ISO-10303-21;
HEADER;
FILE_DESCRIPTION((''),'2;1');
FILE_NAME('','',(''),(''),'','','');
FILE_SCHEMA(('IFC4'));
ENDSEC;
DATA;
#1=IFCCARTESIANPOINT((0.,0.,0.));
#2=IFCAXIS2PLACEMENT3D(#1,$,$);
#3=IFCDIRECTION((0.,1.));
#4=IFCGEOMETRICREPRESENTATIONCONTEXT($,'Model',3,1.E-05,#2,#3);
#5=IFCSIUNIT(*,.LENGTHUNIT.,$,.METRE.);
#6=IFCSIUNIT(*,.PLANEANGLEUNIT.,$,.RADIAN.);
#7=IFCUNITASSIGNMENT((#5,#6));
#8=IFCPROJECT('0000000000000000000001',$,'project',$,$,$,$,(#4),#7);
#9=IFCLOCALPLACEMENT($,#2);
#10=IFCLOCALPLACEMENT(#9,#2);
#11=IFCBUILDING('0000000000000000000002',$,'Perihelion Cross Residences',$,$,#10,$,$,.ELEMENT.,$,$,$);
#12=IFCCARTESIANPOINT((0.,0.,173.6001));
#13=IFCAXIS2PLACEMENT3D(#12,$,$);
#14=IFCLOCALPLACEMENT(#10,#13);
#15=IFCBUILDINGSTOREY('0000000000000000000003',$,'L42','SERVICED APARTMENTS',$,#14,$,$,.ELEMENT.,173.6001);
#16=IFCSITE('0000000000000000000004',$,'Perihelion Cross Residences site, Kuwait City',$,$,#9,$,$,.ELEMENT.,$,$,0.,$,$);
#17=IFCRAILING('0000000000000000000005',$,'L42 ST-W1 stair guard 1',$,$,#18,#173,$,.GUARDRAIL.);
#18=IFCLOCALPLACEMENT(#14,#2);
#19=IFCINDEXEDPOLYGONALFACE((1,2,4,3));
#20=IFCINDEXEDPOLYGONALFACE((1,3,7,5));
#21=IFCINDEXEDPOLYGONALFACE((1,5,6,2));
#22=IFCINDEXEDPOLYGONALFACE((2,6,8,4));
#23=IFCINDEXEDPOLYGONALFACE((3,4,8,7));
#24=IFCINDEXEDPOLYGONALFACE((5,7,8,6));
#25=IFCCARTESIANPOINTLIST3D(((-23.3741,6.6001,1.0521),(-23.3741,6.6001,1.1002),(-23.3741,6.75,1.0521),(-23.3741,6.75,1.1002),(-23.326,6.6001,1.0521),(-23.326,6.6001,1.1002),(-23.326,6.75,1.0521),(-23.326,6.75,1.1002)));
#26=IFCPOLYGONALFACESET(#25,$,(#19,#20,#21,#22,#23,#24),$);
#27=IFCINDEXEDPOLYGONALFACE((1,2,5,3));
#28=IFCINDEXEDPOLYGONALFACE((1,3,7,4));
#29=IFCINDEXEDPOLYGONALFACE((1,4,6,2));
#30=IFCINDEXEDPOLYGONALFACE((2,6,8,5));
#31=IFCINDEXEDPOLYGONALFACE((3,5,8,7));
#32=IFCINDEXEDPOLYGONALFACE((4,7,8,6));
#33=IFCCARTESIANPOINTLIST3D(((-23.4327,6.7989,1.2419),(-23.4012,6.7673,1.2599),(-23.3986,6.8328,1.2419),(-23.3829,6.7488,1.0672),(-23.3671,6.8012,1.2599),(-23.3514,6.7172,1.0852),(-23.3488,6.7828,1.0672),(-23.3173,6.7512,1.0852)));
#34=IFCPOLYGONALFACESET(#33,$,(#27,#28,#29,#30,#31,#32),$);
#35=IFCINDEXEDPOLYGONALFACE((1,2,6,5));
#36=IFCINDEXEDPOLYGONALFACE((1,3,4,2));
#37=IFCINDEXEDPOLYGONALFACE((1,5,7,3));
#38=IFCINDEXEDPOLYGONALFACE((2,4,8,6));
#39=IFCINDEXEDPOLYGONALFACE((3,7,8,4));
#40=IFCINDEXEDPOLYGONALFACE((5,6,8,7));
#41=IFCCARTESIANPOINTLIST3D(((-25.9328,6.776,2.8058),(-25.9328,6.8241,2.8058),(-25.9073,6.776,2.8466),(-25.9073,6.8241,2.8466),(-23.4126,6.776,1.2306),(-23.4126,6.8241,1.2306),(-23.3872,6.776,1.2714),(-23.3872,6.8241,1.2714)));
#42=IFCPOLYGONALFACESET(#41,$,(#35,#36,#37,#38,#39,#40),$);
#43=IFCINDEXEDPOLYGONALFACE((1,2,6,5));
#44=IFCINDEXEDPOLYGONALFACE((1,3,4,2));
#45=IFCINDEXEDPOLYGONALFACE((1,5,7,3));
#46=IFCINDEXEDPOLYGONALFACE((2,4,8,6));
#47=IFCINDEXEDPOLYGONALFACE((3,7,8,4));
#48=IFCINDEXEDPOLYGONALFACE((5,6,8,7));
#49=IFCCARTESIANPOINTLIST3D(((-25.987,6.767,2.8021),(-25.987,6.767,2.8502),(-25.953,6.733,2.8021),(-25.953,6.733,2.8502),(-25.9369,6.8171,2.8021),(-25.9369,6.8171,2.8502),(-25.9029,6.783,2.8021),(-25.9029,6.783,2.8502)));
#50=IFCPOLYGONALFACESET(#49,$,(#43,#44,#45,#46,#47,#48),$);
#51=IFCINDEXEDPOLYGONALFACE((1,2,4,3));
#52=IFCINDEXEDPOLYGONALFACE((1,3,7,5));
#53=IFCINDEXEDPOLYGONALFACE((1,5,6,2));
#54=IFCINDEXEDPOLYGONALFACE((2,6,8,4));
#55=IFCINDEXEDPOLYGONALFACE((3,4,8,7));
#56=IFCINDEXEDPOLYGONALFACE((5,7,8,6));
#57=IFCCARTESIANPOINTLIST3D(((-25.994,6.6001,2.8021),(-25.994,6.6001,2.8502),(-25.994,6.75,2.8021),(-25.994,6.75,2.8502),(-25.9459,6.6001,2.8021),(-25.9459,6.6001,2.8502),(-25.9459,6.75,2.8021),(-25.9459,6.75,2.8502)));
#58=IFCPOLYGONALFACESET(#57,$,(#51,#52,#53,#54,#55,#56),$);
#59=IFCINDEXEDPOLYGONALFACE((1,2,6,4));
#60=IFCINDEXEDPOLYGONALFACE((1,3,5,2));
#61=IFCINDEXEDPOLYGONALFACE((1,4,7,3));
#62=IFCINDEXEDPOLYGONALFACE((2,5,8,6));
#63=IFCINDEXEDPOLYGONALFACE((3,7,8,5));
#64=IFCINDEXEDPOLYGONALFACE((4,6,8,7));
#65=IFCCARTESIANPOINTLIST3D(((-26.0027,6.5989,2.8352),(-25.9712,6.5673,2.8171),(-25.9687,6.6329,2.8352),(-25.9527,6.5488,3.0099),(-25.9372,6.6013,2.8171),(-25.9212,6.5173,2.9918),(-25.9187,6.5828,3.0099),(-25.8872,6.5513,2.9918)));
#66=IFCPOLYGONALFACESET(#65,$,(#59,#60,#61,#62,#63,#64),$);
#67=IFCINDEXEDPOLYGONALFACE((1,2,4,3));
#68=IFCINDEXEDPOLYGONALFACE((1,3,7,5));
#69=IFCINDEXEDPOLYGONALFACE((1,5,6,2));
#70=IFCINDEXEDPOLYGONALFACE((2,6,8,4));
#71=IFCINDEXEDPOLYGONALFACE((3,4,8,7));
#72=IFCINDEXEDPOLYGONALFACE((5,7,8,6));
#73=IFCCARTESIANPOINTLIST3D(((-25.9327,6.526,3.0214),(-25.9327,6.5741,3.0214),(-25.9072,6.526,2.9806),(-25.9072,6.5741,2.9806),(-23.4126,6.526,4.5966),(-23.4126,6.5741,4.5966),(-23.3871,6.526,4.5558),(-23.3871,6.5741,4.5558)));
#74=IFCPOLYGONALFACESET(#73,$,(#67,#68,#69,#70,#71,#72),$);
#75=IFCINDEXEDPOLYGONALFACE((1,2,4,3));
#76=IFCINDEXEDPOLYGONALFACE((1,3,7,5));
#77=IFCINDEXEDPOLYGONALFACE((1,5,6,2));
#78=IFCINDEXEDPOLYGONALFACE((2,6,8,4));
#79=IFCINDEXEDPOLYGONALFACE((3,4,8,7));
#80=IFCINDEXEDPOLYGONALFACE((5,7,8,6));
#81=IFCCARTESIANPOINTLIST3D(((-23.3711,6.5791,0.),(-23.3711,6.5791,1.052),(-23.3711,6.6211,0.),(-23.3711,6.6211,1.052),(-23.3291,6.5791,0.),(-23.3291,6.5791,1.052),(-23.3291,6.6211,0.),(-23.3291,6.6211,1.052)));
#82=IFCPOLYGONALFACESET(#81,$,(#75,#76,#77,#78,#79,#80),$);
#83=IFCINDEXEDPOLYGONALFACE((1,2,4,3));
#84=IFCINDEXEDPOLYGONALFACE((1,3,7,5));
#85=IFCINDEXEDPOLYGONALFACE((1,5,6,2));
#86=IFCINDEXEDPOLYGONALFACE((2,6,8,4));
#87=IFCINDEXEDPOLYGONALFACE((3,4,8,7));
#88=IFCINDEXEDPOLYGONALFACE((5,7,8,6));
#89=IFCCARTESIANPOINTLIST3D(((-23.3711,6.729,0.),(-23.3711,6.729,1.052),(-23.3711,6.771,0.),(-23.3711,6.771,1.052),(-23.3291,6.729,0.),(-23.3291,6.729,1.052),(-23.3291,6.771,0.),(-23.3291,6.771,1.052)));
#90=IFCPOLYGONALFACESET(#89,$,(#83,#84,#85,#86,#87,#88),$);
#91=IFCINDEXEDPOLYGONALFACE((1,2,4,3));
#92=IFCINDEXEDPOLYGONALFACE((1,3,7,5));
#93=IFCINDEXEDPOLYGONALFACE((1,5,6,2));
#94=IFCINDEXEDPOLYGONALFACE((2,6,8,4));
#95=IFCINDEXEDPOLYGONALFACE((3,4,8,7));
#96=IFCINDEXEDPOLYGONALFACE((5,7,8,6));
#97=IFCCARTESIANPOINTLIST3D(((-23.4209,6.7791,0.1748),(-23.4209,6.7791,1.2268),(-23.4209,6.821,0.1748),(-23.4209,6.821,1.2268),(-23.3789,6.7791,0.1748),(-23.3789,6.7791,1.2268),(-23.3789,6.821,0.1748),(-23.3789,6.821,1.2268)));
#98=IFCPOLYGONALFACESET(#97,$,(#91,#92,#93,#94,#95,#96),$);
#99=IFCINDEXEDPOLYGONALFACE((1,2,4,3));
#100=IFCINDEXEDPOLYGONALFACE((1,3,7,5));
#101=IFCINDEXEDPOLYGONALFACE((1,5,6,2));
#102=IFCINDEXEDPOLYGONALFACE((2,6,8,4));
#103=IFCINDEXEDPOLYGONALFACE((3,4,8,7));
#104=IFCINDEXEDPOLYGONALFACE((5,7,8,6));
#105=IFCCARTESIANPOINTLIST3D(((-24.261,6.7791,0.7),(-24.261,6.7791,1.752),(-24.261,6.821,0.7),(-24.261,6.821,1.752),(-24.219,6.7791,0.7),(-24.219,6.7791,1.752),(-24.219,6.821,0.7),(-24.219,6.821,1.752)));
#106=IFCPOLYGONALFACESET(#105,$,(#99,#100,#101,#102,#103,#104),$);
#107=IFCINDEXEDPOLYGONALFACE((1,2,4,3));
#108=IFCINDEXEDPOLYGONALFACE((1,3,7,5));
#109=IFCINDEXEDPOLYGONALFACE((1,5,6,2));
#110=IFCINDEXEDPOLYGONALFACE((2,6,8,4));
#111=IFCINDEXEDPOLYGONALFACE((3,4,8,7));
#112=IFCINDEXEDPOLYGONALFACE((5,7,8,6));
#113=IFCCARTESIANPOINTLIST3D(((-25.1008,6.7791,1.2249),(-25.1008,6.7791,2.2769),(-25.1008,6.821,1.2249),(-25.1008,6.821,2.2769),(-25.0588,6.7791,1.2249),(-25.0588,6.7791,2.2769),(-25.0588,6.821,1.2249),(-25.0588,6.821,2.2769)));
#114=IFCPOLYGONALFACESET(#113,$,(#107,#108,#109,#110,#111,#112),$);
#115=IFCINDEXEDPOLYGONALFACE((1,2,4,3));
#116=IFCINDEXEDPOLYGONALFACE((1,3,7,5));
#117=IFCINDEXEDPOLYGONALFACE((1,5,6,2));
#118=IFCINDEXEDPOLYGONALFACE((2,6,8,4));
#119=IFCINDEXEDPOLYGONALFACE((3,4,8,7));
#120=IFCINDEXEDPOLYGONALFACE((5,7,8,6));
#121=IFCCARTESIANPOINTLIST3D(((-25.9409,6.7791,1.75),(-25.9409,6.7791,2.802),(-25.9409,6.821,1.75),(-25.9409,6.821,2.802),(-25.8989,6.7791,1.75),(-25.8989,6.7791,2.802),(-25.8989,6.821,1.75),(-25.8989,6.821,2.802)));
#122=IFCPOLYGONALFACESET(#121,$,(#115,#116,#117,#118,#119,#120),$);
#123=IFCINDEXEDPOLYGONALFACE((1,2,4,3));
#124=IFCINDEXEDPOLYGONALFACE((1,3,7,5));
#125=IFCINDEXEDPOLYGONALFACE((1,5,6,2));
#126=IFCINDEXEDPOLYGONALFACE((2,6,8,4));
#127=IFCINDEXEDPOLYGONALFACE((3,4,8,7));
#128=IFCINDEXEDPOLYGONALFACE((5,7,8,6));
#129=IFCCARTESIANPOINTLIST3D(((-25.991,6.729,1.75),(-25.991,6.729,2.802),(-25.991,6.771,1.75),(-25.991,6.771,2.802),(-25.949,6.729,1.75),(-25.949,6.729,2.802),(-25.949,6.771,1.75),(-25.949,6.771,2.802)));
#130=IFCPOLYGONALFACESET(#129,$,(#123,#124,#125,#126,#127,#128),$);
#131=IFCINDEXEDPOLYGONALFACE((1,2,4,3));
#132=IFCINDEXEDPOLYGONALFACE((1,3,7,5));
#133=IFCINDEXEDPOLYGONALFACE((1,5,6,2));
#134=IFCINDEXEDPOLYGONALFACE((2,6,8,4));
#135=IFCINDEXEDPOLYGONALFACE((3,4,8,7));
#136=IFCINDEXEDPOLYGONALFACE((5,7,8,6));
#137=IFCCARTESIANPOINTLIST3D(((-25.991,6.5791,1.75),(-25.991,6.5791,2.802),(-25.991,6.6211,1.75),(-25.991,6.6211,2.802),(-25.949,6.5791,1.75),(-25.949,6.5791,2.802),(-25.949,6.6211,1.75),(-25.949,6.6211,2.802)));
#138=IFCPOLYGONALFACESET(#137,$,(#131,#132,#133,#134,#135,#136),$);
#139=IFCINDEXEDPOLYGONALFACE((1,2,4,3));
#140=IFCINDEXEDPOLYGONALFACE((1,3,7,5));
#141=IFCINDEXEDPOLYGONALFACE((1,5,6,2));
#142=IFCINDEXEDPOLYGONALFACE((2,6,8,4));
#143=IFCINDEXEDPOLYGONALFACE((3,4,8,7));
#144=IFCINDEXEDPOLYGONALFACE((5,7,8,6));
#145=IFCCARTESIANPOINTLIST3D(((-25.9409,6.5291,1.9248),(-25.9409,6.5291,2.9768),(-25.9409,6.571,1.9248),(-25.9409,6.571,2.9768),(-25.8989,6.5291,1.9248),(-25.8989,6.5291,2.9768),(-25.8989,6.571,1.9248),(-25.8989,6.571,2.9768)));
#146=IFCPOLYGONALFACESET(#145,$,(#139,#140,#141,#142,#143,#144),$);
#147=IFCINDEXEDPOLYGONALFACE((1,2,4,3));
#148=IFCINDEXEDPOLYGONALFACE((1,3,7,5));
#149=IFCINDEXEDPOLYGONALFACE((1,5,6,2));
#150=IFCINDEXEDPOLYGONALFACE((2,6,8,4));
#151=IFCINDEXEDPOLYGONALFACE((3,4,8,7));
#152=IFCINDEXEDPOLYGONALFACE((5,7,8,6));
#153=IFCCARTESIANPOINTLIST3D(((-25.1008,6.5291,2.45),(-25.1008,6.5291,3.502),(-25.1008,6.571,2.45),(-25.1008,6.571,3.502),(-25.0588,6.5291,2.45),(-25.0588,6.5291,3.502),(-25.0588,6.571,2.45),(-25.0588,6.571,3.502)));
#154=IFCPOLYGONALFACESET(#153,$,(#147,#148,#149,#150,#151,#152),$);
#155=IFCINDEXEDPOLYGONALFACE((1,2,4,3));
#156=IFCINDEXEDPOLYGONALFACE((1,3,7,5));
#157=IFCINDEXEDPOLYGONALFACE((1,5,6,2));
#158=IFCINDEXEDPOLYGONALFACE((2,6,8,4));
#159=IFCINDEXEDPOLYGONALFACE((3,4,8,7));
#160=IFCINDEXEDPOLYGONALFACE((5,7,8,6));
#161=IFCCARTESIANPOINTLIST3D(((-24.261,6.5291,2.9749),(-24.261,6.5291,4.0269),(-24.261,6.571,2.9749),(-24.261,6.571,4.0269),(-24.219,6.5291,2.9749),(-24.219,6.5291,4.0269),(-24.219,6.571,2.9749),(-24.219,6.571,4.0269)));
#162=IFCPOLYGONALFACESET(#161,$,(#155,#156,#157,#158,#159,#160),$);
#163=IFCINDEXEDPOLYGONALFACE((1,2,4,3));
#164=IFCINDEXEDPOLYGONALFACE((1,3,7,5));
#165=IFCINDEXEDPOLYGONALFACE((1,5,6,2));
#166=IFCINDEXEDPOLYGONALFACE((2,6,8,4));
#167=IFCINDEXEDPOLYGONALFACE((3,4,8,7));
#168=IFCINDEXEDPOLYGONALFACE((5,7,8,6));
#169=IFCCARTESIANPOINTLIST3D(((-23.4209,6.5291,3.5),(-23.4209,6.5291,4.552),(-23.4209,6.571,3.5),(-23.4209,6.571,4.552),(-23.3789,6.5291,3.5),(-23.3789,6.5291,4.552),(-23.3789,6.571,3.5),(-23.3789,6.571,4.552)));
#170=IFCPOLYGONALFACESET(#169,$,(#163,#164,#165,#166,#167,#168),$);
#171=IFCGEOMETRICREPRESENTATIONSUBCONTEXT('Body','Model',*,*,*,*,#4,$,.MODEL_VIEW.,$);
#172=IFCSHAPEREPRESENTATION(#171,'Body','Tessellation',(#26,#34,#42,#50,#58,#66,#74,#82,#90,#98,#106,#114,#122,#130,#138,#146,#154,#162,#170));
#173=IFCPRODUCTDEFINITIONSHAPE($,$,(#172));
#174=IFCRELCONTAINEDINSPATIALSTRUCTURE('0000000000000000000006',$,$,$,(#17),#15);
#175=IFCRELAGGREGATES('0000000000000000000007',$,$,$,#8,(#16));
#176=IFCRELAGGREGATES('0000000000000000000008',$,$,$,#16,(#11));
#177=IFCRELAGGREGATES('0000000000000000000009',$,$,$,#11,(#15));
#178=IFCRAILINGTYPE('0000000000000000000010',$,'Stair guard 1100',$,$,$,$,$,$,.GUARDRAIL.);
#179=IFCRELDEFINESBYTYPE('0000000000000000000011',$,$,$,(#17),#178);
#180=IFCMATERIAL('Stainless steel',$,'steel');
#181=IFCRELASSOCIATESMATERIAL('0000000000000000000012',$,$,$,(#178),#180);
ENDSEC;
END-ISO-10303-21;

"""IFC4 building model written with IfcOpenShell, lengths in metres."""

from ifc_helpers import new_model, si_unit, direction, frame, origin, origin_2d, place, context, subcontext, project, spatial, rectangle, extrude, material, type_object, element, save


model = new_model("IFC4")

# Units and contexts
model_context = context("Model", 3, precision=1e-05, world=origin(), true_north=direction((0.0, 1.0)))
body_context = subcontext(model_context, "Body", "Model", "MODEL_VIEW")
ifc_project = project(units=[si_unit("LENGTHUNIT", "METRE"), si_unit("PLANEANGLEUNIT", "RADIAN")], contexts=[model_context])

# Site, building, storey
site_placement = place(None, origin())
site = spatial("IfcSite", under=ifc_project, at=site_placement, Name="Perihelion Cross Residences site, Kuwait City", CompositionType="ELEMENT", RefElevation=0.0)
building_placement = place(site_placement, origin())
building = spatial("IfcBuilding", under=site, at=building_placement, Name="Perihelion Cross Residences", CompositionType="ELEMENT")
storey_placement = place(building_placement, frame((0.0, 0.0, 173.6001)))
storey = spatial("IfcBuildingStorey", under=building, at=storey_placement, Name="L42", Description="SERVICED APARTMENTS", CompositionType="ELEMENT", Elevation=173.6001)

# Railing
ifc_material_1 = material(Name="Stainless steel", Category="steel")
railing_type_1 = type_object("IfcRailingType", Name="Stair guard 1100", PredefinedType="GUARDRAIL", material=ifc_material_1)
railing_1_placement = place(storey_placement, frame((-23.3501, 6.6001, 0.0)))
element("IfcRailing", 1, at=railing_1_placement, inside=storey, type_object=railing_type_1, Name="L42 ST-W1 stair guard 1", PredefinedType="GUARDRAIL", context=body_context, shape_type="SweptSolid", body=[
    extrude(rectangle(XDim=0.0481, YDim=0.0481, at=origin_2d()), frame((0.0, 0.0, 1.0762), z_axis=(0.0, 1.0, 0.0), x_axis=(-1.0, 0.0, 0.0)), (0.0, 0.0, 1.0), 0.1499),
    extrude(rectangle(XDim=0.0481, YDim=0.0481, at=origin_2d()), frame((0.0, 0.1499, 1.0762), z_axis=(-0.264179, 0.265474, 0.927218), x_axis=(-0.708834, -0.705376, 0.0)), (0.0, 0.0, 1.0), 0.1885),
    extrude(rectangle(XDim=0.0481, YDim=0.0481, at=origin_2d()), frame((-0.0498, 0.2, 1.251), z_axis=(-0.847971, 0.0, 0.530043), x_axis=(0.0, -1.0, 0.0)), (0.0, 0.0, 1.0), 2.9719),
    extrude(rectangle(XDim=0.0481, YDim=0.0481, at=origin_2d()), frame((-2.5698, 0.2, 2.8262), z_axis=(-0.707107, -0.707107, 0.0), x_axis=(0.707107, -0.707107, 0.0)), (0.0, 0.0, 1.0), 0.0708),
    extrude(rectangle(XDim=0.0481, YDim=0.0481, at=origin_2d()), frame((-2.6199, 0.1499, 2.8262), z_axis=(0.0, -1.0, 0.0), x_axis=(1.0, 0.0, 0.0)), (0.0, 0.0, 1.0), 0.1499),
    extrude(rectangle(XDim=0.0481, YDim=0.0481, at=origin_2d()), frame((-2.6199, 0.0, 2.8262), z_axis=(0.265383, -0.265383, 0.9269), x_axis=(0.707107, 0.707107, 0.0)), (0.0, 0.0, 1.0), 0.1885),
    extrude(rectangle(XDim=0.0481, YDim=0.0481, at=origin_2d()), frame((-2.5698, -0.05, 3.001), z_axis=(0.847971, 0.0, 0.530043), x_axis=(0.0, 1.0, 0.0)), (0.0, 0.0, 1.0), 2.9719),
    extrude(rectangle(XDim=0.042, YDim=0.042, at=origin_2d()), origin(), (0.0, 0.0, 1.0), 1.052),
    extrude(rectangle(XDim=0.042, YDim=0.042, at=origin_2d()), frame((0.0, 0.1499, 0.0)), (0.0, 0.0, 1.0), 1.052),
    extrude(rectangle(XDim=0.042, YDim=0.042, at=origin_2d()), frame((-0.0498, 0.2, 0.1748)), (0.0, 0.0, 1.0), 1.052),
    extrude(rectangle(XDim=0.042, YDim=0.042, at=origin_2d()), frame((-0.8899, 0.2, 0.7)), (0.0, 0.0, 1.0), 1.052),
    extrude(rectangle(XDim=0.042, YDim=0.042, at=origin_2d()), frame((-1.7297, 0.2, 1.2249)), (0.0, 0.0, 1.0), 1.052),
    extrude(rectangle(XDim=0.042, YDim=0.042, at=origin_2d()), frame((-2.5698, 0.2, 1.75)), (0.0, 0.0, 1.0), 1.052),
    extrude(rectangle(XDim=0.042, YDim=0.042, at=origin_2d()), frame((-2.6199, 0.1499, 1.75)), (0.0, 0.0, 1.0), 1.052),
    extrude(rectangle(XDim=0.042, YDim=0.042, at=origin_2d()), frame((-2.6199, 0.0, 1.75)), (0.0, 0.0, 1.0), 1.052),
    extrude(rectangle(XDim=0.042, YDim=0.042, at=origin_2d()), frame((-2.5698, -0.05, 1.9248)), (0.0, 0.0, 1.0), 1.052),
    extrude(rectangle(XDim=0.042, YDim=0.042, at=origin_2d()), frame((-1.7297, -0.05, 2.45)), (0.0, 0.0, 1.0), 1.052),
    extrude(rectangle(XDim=0.042, YDim=0.042, at=origin_2d()), frame((-0.8899, -0.05, 2.9749)), (0.0, 0.0, 1.0), 1.052),
    extrude(rectangle(XDim=0.042, YDim=0.042, at=origin_2d()), frame((-0.0498, -0.05, 3.5)), (0.0, 0.0, 1.0), 1.052),
])

save(model, "model.ifc")
